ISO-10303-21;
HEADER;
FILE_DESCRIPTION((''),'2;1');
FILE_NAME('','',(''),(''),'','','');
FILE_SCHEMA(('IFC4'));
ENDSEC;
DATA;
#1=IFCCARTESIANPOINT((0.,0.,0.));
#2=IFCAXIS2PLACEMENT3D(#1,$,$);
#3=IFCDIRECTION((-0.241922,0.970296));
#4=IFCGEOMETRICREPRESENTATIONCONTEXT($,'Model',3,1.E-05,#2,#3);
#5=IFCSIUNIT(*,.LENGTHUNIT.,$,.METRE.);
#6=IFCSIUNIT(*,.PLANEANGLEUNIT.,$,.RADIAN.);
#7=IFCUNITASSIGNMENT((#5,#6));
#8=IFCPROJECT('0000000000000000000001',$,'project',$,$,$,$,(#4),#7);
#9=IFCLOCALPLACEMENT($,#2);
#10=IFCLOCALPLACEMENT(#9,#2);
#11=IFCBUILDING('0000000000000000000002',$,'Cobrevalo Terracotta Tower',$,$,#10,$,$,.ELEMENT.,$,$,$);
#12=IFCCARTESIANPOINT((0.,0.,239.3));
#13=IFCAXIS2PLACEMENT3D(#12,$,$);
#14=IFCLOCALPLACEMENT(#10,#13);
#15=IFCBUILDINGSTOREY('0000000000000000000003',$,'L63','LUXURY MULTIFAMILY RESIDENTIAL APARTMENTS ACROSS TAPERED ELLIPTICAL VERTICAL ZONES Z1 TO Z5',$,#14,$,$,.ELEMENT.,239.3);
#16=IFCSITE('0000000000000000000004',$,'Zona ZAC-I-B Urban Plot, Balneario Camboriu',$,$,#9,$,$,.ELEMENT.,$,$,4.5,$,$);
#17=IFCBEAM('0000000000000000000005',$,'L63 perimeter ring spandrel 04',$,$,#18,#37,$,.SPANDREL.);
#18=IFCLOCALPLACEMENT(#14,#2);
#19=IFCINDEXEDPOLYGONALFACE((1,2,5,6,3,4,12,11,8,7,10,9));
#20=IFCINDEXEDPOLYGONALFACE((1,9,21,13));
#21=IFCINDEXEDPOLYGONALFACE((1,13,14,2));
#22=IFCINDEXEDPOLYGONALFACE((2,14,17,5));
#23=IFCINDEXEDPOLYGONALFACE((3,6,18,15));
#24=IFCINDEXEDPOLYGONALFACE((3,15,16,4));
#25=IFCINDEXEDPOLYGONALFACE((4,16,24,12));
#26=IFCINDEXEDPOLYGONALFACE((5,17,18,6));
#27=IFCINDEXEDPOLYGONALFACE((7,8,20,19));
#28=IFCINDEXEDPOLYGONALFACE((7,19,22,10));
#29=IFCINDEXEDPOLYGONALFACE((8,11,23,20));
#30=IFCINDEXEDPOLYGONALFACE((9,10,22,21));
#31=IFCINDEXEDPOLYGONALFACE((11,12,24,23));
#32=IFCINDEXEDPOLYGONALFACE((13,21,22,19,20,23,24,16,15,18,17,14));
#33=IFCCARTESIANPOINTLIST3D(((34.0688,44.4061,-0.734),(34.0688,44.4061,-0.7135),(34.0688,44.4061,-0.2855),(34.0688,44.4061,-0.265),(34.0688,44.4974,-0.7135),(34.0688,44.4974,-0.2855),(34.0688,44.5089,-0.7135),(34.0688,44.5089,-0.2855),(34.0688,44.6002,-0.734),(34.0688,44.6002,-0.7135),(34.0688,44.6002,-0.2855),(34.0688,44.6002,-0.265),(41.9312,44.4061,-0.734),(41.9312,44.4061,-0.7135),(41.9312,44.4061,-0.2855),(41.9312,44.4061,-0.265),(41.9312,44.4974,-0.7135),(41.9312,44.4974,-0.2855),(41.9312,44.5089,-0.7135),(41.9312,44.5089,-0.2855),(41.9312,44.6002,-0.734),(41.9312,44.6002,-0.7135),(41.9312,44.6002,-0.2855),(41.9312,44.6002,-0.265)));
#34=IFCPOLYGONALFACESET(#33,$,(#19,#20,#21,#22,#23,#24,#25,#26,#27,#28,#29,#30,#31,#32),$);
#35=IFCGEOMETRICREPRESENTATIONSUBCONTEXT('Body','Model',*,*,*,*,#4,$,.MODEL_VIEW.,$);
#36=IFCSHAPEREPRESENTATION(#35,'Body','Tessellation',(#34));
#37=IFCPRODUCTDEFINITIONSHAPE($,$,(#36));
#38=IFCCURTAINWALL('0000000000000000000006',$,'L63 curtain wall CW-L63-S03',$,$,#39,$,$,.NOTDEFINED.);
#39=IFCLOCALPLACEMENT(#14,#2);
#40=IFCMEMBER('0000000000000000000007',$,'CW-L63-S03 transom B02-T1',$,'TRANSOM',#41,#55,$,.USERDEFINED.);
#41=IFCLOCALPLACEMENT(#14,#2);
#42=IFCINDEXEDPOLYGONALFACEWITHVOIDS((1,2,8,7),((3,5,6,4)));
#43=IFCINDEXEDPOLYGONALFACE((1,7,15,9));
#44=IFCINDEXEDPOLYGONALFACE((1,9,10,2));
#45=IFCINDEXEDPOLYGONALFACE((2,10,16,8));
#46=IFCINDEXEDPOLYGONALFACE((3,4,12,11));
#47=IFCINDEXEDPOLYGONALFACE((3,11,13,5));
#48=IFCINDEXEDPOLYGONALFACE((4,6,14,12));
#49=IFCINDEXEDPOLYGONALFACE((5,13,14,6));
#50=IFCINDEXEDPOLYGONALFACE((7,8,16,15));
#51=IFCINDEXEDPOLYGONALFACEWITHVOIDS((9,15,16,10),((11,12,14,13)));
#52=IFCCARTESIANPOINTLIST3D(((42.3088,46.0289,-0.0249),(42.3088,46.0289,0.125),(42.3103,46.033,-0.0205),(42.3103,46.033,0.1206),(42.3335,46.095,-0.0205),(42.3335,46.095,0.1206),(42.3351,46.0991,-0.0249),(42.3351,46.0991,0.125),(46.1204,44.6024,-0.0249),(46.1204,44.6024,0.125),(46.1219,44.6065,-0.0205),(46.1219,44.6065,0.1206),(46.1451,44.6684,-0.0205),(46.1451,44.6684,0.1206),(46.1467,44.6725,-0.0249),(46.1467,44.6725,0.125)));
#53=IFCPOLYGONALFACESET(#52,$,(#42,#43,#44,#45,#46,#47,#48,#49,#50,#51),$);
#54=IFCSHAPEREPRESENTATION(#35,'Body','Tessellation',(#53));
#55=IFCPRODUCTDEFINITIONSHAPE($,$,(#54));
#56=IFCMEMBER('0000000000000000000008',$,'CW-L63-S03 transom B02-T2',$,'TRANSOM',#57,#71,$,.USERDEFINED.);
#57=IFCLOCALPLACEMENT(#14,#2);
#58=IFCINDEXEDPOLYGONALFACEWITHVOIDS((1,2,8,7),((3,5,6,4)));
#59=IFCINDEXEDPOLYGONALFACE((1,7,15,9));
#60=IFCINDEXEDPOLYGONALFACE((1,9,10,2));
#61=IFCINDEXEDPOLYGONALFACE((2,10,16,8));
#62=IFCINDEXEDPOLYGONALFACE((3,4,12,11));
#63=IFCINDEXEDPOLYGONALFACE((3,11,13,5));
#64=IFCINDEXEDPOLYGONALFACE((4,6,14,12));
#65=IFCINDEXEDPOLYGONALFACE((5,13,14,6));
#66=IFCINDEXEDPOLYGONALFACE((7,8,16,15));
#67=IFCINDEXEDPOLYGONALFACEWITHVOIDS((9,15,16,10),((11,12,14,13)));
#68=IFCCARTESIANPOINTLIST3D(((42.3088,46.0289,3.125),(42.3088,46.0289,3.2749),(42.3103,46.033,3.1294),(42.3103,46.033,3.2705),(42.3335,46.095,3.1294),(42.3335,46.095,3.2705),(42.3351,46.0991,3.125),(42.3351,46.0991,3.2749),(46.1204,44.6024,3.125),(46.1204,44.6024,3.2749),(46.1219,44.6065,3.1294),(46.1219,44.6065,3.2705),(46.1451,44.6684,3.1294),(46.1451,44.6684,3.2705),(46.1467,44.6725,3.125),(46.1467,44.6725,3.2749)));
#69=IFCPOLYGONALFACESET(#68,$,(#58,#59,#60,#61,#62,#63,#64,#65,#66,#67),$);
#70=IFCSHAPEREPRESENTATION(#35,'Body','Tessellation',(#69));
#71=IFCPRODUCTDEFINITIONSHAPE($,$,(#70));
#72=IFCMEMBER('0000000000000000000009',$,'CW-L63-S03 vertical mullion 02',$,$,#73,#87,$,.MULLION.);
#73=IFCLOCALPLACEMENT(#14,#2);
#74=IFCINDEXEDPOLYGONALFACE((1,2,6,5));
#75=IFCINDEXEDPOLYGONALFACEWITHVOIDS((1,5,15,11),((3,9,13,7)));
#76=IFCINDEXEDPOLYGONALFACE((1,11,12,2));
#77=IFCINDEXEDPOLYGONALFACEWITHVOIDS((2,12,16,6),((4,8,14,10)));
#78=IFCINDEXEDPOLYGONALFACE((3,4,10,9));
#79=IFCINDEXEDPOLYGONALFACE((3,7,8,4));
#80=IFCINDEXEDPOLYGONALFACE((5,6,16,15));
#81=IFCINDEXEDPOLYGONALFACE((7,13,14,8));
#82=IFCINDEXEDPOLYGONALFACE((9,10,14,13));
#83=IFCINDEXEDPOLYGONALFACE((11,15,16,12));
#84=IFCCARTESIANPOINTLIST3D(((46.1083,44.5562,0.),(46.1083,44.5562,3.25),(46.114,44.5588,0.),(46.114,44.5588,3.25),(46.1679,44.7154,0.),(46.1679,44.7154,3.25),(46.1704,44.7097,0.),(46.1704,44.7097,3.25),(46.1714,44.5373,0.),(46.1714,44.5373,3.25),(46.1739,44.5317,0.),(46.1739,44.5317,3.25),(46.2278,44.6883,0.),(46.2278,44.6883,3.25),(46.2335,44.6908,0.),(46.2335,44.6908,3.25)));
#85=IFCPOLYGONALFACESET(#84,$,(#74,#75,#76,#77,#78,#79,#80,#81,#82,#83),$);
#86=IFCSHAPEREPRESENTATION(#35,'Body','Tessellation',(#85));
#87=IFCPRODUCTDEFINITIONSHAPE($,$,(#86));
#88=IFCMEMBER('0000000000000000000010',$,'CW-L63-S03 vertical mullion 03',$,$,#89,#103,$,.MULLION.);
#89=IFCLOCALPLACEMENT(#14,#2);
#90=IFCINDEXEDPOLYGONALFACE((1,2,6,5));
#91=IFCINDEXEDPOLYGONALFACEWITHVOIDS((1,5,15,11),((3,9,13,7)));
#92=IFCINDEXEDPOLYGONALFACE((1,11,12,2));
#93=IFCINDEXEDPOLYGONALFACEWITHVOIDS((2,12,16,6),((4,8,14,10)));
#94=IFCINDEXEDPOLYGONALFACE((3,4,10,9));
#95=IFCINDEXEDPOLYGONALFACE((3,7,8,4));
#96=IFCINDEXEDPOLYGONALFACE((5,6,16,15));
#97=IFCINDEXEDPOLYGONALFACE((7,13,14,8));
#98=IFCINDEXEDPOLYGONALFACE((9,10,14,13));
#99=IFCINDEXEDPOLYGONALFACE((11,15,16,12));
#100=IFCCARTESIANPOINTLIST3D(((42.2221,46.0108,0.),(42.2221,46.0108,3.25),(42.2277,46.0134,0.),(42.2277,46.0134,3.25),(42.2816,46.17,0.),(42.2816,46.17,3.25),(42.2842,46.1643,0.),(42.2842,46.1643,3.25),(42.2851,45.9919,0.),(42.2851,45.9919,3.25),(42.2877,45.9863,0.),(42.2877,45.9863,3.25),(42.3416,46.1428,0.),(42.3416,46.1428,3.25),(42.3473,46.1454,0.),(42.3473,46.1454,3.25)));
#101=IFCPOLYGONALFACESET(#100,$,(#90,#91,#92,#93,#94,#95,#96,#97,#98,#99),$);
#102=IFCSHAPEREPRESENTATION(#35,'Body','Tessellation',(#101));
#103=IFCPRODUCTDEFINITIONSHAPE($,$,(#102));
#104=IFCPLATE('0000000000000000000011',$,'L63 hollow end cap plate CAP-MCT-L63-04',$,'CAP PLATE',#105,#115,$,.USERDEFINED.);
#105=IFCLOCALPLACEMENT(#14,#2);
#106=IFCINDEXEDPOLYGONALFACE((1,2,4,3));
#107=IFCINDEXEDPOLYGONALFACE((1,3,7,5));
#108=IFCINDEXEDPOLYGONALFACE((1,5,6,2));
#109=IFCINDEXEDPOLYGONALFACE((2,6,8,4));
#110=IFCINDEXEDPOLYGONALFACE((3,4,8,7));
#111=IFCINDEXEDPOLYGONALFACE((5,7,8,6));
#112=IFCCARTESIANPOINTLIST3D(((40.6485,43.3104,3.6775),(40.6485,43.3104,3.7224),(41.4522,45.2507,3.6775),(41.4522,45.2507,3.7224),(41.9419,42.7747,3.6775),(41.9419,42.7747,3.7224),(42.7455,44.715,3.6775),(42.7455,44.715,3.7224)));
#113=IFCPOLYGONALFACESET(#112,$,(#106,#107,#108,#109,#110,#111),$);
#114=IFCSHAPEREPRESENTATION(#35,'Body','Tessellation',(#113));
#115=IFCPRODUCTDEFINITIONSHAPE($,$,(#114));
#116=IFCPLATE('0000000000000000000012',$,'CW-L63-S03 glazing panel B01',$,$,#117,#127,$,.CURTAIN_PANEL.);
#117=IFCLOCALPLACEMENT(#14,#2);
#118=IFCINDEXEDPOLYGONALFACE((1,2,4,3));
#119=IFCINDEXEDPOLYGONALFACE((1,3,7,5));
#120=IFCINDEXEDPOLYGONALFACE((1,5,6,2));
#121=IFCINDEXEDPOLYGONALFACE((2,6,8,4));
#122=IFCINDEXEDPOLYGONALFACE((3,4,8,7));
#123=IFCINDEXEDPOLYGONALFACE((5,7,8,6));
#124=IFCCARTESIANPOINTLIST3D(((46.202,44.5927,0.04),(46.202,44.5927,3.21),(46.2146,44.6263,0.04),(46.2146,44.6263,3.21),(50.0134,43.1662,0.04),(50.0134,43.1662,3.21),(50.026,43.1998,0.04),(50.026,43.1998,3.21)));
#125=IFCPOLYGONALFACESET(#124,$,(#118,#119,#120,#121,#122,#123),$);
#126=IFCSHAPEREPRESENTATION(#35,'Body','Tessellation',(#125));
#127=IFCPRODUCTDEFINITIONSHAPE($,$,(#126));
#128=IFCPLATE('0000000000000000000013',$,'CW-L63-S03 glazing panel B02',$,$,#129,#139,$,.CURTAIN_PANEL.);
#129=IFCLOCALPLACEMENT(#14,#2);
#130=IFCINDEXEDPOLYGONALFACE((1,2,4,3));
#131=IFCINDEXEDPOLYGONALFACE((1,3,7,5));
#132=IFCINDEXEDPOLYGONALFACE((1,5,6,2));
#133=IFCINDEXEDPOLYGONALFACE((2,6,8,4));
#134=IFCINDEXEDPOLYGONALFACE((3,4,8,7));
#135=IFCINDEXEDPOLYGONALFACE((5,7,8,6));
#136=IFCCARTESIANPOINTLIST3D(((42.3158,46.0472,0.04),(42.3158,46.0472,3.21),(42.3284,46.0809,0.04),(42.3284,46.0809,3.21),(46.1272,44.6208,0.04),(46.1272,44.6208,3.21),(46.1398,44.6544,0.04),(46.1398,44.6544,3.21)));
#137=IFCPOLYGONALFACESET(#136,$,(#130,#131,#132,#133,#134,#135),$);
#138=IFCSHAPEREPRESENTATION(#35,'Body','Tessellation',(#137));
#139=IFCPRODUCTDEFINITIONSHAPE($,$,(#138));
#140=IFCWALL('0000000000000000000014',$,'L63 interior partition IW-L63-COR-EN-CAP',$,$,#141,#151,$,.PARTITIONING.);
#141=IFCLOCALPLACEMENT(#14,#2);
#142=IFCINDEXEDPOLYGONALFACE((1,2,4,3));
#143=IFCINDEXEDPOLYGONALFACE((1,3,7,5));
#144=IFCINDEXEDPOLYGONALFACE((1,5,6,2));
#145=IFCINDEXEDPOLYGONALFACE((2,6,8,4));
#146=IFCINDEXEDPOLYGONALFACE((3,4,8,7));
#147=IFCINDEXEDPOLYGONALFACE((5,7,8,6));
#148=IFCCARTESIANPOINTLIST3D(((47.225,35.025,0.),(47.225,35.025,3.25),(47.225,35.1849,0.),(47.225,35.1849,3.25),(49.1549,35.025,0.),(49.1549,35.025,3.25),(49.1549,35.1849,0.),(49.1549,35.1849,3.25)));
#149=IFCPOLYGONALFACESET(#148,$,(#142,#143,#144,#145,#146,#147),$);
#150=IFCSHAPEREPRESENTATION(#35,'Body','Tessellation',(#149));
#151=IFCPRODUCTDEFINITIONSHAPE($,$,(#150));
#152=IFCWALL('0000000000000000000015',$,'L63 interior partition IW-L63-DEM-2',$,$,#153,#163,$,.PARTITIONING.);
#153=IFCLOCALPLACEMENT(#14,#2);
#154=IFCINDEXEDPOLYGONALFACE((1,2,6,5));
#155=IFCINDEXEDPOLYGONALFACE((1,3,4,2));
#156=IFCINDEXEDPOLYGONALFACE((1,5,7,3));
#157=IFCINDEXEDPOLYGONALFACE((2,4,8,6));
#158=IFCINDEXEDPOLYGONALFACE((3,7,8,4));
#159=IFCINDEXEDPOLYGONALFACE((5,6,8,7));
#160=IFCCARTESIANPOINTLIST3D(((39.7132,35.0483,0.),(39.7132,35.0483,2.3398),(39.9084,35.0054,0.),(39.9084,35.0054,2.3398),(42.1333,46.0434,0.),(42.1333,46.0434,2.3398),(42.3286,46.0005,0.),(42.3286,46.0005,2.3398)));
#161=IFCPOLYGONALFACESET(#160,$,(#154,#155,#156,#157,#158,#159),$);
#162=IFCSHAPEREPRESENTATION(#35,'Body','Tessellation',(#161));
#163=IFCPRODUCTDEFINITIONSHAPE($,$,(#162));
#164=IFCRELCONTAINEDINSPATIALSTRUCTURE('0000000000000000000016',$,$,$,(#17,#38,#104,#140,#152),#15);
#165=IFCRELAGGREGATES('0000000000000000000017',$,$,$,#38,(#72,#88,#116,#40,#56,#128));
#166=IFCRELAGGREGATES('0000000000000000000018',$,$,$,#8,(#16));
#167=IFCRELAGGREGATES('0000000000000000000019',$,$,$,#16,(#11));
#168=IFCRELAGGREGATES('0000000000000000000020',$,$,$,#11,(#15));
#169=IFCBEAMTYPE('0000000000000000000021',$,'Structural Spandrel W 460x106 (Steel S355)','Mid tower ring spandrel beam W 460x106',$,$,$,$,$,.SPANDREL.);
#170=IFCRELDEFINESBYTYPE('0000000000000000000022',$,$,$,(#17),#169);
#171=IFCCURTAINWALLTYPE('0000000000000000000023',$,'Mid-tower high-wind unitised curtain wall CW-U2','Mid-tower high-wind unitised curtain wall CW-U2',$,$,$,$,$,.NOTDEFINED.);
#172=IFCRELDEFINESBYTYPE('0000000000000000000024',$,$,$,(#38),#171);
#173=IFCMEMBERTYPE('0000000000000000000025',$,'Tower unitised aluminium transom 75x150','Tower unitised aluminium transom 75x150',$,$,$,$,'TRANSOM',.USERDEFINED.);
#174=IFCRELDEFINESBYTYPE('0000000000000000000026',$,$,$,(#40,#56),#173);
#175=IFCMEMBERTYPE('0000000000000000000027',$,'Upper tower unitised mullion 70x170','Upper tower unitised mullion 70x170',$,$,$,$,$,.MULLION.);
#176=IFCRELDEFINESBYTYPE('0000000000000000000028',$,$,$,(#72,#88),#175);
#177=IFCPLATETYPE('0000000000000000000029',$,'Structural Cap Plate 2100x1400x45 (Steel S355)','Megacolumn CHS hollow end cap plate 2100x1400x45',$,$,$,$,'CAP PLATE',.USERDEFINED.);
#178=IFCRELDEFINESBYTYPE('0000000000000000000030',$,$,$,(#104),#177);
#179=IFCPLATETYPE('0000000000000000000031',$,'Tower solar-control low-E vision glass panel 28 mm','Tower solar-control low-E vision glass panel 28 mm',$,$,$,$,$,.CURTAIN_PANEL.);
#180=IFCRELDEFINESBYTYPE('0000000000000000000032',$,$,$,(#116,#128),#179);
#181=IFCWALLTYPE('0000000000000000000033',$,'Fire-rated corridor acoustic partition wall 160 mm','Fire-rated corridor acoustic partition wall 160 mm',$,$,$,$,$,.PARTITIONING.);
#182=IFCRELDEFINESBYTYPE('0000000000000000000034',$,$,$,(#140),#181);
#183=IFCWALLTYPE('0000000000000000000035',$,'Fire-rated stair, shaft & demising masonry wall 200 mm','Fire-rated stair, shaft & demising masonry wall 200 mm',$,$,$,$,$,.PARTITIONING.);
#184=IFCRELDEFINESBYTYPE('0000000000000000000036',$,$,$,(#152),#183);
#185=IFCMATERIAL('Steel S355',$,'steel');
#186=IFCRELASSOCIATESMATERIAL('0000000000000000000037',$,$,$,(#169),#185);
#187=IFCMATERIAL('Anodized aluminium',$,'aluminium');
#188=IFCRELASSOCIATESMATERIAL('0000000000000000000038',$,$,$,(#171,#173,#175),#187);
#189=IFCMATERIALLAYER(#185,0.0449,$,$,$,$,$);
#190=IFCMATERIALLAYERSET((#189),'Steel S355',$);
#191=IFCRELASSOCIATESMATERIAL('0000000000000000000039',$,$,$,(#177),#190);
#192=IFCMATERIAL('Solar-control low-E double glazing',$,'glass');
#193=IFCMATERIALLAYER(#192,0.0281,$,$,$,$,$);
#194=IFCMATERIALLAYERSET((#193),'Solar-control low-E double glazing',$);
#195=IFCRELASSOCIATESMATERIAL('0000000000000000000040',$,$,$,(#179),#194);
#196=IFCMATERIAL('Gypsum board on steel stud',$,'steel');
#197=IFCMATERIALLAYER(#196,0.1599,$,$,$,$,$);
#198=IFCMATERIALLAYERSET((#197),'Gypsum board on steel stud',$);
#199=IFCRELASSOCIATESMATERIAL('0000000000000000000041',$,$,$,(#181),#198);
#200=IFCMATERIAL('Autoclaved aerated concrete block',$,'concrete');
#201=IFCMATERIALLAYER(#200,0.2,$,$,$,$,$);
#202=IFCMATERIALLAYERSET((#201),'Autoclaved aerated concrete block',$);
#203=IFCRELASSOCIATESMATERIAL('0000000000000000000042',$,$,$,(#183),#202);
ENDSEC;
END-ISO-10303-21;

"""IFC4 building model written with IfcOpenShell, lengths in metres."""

from ifc_helpers import new_model, si_unit, direction, frame, frame_2d, origin, origin_2d, place, context, subcontext, project, spatial, rectangle, hollow_rectangle, i_section, extrude, source, transform, mapped, material, layer, layer_set, material_profile, profile_set, type_object, element, aggregate, save


model = new_model("IFC4")

# Units and contexts
model_context = context("Model", 3, precision=1e-05, world=origin(), true_north=direction((-0.241922, 0.970296)))
body_context = subcontext(model_context, "Body", "Model", "MODEL_VIEW")
ifc_project = project(units=[si_unit("LENGTHUNIT", "METRE"), si_unit("PLANEANGLEUNIT", "RADIAN")], contexts=[model_context])

# Site, building, storey
site_placement = place(None, origin())
site = spatial("IfcSite", under=ifc_project, at=site_placement, Name="Zona ZAC-I-B Urban Plot, Balneario Camboriu", CompositionType="ELEMENT", RefElevation=4.5)
building_placement = place(site_placement, origin())
building = spatial("IfcBuilding", under=site, at=building_placement, Name="Cobrevalo Terracotta Tower", CompositionType="ELEMENT")
storey_placement = place(building_placement, frame((0.0, 0.0, 239.3)))
storey = spatial("IfcBuildingStorey", under=building, at=storey_placement, Name="L63", Description="LUXURY MULTIFAMILY RESIDENTIAL APARTMENTS ACROSS TAPERED ELLIPTICAL VERTICAL ZONES Z1 TO Z5", CompositionType="ELEMENT", Elevation=239.3)

# Shared definitions
ifc_material_1 = material(Name="Steel S355", Category="steel")

# Beam
ifc_material_profile_1 = material_profile(ifc_material_1, i_section(OverallWidth=0.1941, OverallDepth=0.469, WebThickness=0.0115, FlangeThickness=0.0205, at=origin_2d()), Name="W 460x106")
ifc_profile_set_1 = profile_set([ifc_material_profile_1], Name="Steel S355")
beam_type_1 = type_object("IfcBeamType", Name="Structural Spandrel W 460x106 (Steel S355)", Description="Mid tower ring spandrel beam W 460x106", PredefinedType="SPANDREL", material=ifc_profile_set_1)
beam_1_placement = place(storey_placement, frame((41.9312, 44.5032, -0.4995), z_axis=(-1.0, 0.0, 0.0), x_axis=(0.0, -1.0, 0.0)))
element("IfcBeam", 1, at=beam_1_placement, inside=storey, type_object=beam_type_1, Name="L63 perimeter ring spandrel 04", PredefinedType="SPANDREL", context=body_context, shape_type="SweptSolid", body=[
    extrude(i_section(OverallWidth=0.1941, OverallDepth=0.469, WebThickness=0.0115, FlangeThickness=0.0205, at=origin_2d()), origin(), (0.0, 0.0, 1.0), 7.8623),
])

# Curtain wall, members
ifc_material_2 = material(Name="Anodized aluminium", Category="aluminium")
curtain_wall_type = type_object("IfcCurtainWallType", Name="Mid-tower high-wind unitised curtain wall CW-U2", Description="Mid-tower high-wind unitised curtain wall CW-U2", PredefinedType="NOTDEFINED", material=ifc_material_2)
curtain_wall_placement = place(storey_placement, origin())
curtain_wall = element("IfcCurtainWall", 2, at=curtain_wall_placement, inside=storey, type_object=curtain_wall_type, Name="L63 curtain wall CW-L63-S03", PredefinedType="NOTDEFINED")
ifc_material_profile_2 = material_profile(ifc_material_2, hollow_rectangle(XDim=0.075, YDim=0.1499, WallThickness=0.0044, at=origin_2d()), Name="CWT 75x150")
ifc_profile_set_2 = profile_set([ifc_material_profile_2], Name="Anodized aluminium")
member_type_1 = type_object("IfcMemberType", Name="Tower unitised aluminium transom 75x150", Description="Tower unitised aluminium transom 75x150", ElementType="TRANSOM", PredefinedType="USERDEFINED", material=ifc_profile_set_2)
shared_shape_1 = source(origin(), body_context, "Body", "SweptSolid", [
    extrude(hollow_rectangle(XDim=0.075, YDim=0.1499, WallThickness=0.0044, at=origin_2d()), origin(), (0.0, 0.0, 1.0), 4.0698),
])
member_1_placement = place(storey_placement, frame((46.1335, 44.6375, 0.05), z_axis=(-0.936556, 0.350519, 0.0), x_axis=(-0.350519, -0.936556, 0.0)))
member_1 = element("IfcMember", 3, at=member_1_placement, type_object=member_type_1, Name="CW-L63-S03 transom B02-T1", ObjectType="TRANSOM", PredefinedType="USERDEFINED", context=body_context, shape_type="MappedRepresentation", body=[
    mapped(shared_shape_1, transform((0.0, 0.0, 0.0), scale=1.0)),
])
member_2_placement = place(storey_placement, frame((46.1335, 44.6375, 3.2), z_axis=(-0.936556, 0.350519, 0.0), x_axis=(-0.350519, -0.936556, 0.0)))
member_2 = element("IfcMember", 4, at=member_2_placement, type_object=member_type_1, Name="CW-L63-S03 transom B02-T2", ObjectType="TRANSOM", PredefinedType="USERDEFINED", context=body_context, shape_type="MappedRepresentation", body=[
    mapped(shared_shape_1, transform((0.0, 0.0, 0.0), scale=1.0)),
])
ifc_material_profile_3 = material_profile(ifc_material_2, hollow_rectangle(XDim=0.0701, YDim=0.1699, WallThickness=0.0044, at=origin_2d()), Name="CWM 70x170")
ifc_profile_set_3 = profile_set([ifc_material_profile_3], Name="Anodized aluminium")
member_type_2 = type_object("IfcMemberType", Name="Upper tower unitised mullion 70x170", Description="Upper tower unitised mullion 70x170", PredefinedType="MULLION", material=ifc_profile_set_3)
shared_shape_2 = source(origin(), body_context, "Body", "SweptSolid", [
    extrude(hollow_rectangle(XDim=0.0701, YDim=0.1699, WallThickness=0.0044, at=origin_2d()), origin(), (0.0, 0.0, 1.0), 3.25),
])
member_3_placement = place(storey_placement, frame((46.1709, 44.6235, 0.0), z_axis=(0.0, 0.0, 1.0), x_axis=(-0.936556, 0.350518, 0.0)))
member_3 = element("IfcMember", 5, at=member_3_placement, type_object=member_type_2, Name="CW-L63-S03 vertical mullion 02", PredefinedType="MULLION", context=body_context, shape_type="MappedRepresentation", body=[
    mapped(shared_shape_2, transform((0.0, 0.0, 0.0), scale=1.0)),
])
member_4_placement = place(storey_placement, frame((42.2847, 46.0781, 0.0), z_axis=(0.0, 0.0, 1.0), x_axis=(-0.936556, 0.350518, 0.0)))
member_4 = element("IfcMember", 6, at=member_4_placement, type_object=member_type_2, Name="CW-L63-S03 vertical mullion 03", PredefinedType="MULLION", context=body_context, shape_type="MappedRepresentation", body=[
    mapped(shared_shape_2, transform((0.0, 0.0, 0.0), scale=1.0)),
])

# Plates
ifc_layer_1 = layer(ifc_material_1, 0.0449)
ifc_layer_set_1 = layer_set([ifc_layer_1], Name="Steel S355")
plate_type_1 = type_object("IfcPlateType", Name="Structural Cap Plate 2100x1400x45 (Steel S355)", Description="Megacolumn CHS hollow end cap plate 2100x1400x45", ElementType="CAP PLATE", PredefinedType="USERDEFINED", material=ifc_layer_set_1)
shared_shape_3 = source(origin(), body_context, "Body", "SweptSolid", [
    extrude(rectangle(XDim=2.1001, YDim=1.3999, at=origin_2d()), origin(), (0.0, 0.0, 1.0), 0.0449),
])
plate_1_placement = place(storey_placement, frame((41.697, 44.0127, 3.6775), z_axis=(0.0, 0.0, 1.0), x_axis=(0.382683, 0.92388, 0.0)))
element("IfcPlate", 7, at=plate_1_placement, inside=storey, type_object=plate_type_1, Name="L63 hollow end cap plate CAP-MCT-L63-04", ObjectType="CAP PLATE", PredefinedType="USERDEFINED", context=body_context, shape_type="MappedRepresentation", body=[
    mapped(shared_shape_3, transform((0.0, 0.0, 0.0), scale=1.0)),
])
ifc_material_3 = material(Name="Solar-control low-E double glazing", Category="glass")
ifc_layer_2 = layer(ifc_material_3, 0.0281)
ifc_layer_set_2 = layer_set([ifc_layer_2], Name="Solar-control low-E double glazing")
plate_type_2 = type_object("IfcPlateType", Name="Tower solar-control low-E vision glass panel 28 mm", Description="Tower solar-control low-E vision glass panel 28 mm", PredefinedType="CURTAIN_PANEL", material=ifc_layer_set_2)
shared_shape_4 = source(origin(), body_context, "Body", "SweptSolid", [
    extrude(rectangle(XDim=4.0696, YDim=0.0359, at=origin_2d()), origin(), (0.0, 0.0, 1.0), 3.1699),
])
plate_2_placement = place(storey_placement, frame((48.114, 43.8962, 0.04), z_axis=(0.0, 0.0, 1.0), x_axis=(-0.936558, 0.350513, 0.0)))
plate_2 = element("IfcPlate", 8, at=plate_2_placement, type_object=plate_type_2, Name="CW-L63-S03 glazing panel B01", PredefinedType="CURTAIN_PANEL", context=body_context, shape_type="MappedRepresentation", body=[
    mapped(shared_shape_4, transform((0.0, 0.0, 0.0), scale=1.0)),
])
plate_3_placement = place(storey_placement, frame((44.2278, 45.3508, 0.04), z_axis=(0.0, 0.0, 1.0), x_axis=(-0.936558, 0.350513, 0.0)))
plate_3 = element("IfcPlate", 9, at=plate_3_placement, type_object=plate_type_2, Name="CW-L63-S03 glazing panel B02", PredefinedType="CURTAIN_PANEL", context=body_context, shape_type="MappedRepresentation", body=[
    mapped(shared_shape_4, transform((0.0, 0.0, 0.0), scale=1.0)),
])
aggregate(curtain_wall, [member_3, member_4, plate_2, member_1, member_2, plate_3])

# Walls
ifc_material_4 = material(Name="Gypsum board on steel stud", Category="steel")
ifc_layer_3 = layer(ifc_material_4, 0.1599)
ifc_layer_set_3 = layer_set([ifc_layer_3], Name="Gypsum board on steel stud")
wall_type_1 = type_object("IfcWallType", Name="Fire-rated corridor acoustic partition wall 160 mm", Description="Fire-rated corridor acoustic partition wall 160 mm", PredefinedType="PARTITIONING", material=ifc_layer_set_3)
wall_1_placement = place(storey_placement, frame((47.2251, 35.105, 0.0), z_axis=(0.0, 0.0, 1.0), x_axis=(1.0, 0.0, 0.0)))
element("IfcWall", 10, at=wall_1_placement, inside=storey, type_object=wall_type_1, Name="L63 interior partition IW-L63-COR-EN-CAP", PredefinedType="PARTITIONING", context=body_context, shape_type="SweptSolid", body=[
    extrude(rectangle(XDim=1.9299, YDim=0.1599, at=frame_2d((0.9648, 0.0))), origin(), (0.0, 0.0, 1.0), 3.25),
])
ifc_material_5 = material(Name="Autoclaved aerated concrete block", Category="concrete")
ifc_layer_4 = layer(ifc_material_5, 0.2)
ifc_layer_set_4 = layer_set([ifc_layer_4], Name="Autoclaved aerated concrete block")
wall_type_2 = type_object("IfcWallType", Name="Fire-rated stair, shaft & demising masonry wall 200 mm", Description="Fire-rated stair, shaft & demising masonry wall 200 mm", PredefinedType="PARTITIONING", material=ifc_layer_set_4)
wall_2_placement = place(storey_placement, frame((39.8108, 35.0269, 0.0), z_axis=(0.0, 0.0, 1.0), x_axis=(0.214967, 0.976621, 0.0)))
element("IfcWall", 11, at=wall_2_placement, inside=storey, type_object=wall_type_2, Name="L63 interior partition IW-L63-DEM-2", PredefinedType="PARTITIONING", context=body_context, shape_type="SweptSolid", body=[
    extrude(rectangle(XDim=11.2583, YDim=0.2, at=frame_2d((5.6292, 0.0))), origin(), (0.0, 0.0, 1.0), 2.3398),
])

save(model, "model.ifc")
